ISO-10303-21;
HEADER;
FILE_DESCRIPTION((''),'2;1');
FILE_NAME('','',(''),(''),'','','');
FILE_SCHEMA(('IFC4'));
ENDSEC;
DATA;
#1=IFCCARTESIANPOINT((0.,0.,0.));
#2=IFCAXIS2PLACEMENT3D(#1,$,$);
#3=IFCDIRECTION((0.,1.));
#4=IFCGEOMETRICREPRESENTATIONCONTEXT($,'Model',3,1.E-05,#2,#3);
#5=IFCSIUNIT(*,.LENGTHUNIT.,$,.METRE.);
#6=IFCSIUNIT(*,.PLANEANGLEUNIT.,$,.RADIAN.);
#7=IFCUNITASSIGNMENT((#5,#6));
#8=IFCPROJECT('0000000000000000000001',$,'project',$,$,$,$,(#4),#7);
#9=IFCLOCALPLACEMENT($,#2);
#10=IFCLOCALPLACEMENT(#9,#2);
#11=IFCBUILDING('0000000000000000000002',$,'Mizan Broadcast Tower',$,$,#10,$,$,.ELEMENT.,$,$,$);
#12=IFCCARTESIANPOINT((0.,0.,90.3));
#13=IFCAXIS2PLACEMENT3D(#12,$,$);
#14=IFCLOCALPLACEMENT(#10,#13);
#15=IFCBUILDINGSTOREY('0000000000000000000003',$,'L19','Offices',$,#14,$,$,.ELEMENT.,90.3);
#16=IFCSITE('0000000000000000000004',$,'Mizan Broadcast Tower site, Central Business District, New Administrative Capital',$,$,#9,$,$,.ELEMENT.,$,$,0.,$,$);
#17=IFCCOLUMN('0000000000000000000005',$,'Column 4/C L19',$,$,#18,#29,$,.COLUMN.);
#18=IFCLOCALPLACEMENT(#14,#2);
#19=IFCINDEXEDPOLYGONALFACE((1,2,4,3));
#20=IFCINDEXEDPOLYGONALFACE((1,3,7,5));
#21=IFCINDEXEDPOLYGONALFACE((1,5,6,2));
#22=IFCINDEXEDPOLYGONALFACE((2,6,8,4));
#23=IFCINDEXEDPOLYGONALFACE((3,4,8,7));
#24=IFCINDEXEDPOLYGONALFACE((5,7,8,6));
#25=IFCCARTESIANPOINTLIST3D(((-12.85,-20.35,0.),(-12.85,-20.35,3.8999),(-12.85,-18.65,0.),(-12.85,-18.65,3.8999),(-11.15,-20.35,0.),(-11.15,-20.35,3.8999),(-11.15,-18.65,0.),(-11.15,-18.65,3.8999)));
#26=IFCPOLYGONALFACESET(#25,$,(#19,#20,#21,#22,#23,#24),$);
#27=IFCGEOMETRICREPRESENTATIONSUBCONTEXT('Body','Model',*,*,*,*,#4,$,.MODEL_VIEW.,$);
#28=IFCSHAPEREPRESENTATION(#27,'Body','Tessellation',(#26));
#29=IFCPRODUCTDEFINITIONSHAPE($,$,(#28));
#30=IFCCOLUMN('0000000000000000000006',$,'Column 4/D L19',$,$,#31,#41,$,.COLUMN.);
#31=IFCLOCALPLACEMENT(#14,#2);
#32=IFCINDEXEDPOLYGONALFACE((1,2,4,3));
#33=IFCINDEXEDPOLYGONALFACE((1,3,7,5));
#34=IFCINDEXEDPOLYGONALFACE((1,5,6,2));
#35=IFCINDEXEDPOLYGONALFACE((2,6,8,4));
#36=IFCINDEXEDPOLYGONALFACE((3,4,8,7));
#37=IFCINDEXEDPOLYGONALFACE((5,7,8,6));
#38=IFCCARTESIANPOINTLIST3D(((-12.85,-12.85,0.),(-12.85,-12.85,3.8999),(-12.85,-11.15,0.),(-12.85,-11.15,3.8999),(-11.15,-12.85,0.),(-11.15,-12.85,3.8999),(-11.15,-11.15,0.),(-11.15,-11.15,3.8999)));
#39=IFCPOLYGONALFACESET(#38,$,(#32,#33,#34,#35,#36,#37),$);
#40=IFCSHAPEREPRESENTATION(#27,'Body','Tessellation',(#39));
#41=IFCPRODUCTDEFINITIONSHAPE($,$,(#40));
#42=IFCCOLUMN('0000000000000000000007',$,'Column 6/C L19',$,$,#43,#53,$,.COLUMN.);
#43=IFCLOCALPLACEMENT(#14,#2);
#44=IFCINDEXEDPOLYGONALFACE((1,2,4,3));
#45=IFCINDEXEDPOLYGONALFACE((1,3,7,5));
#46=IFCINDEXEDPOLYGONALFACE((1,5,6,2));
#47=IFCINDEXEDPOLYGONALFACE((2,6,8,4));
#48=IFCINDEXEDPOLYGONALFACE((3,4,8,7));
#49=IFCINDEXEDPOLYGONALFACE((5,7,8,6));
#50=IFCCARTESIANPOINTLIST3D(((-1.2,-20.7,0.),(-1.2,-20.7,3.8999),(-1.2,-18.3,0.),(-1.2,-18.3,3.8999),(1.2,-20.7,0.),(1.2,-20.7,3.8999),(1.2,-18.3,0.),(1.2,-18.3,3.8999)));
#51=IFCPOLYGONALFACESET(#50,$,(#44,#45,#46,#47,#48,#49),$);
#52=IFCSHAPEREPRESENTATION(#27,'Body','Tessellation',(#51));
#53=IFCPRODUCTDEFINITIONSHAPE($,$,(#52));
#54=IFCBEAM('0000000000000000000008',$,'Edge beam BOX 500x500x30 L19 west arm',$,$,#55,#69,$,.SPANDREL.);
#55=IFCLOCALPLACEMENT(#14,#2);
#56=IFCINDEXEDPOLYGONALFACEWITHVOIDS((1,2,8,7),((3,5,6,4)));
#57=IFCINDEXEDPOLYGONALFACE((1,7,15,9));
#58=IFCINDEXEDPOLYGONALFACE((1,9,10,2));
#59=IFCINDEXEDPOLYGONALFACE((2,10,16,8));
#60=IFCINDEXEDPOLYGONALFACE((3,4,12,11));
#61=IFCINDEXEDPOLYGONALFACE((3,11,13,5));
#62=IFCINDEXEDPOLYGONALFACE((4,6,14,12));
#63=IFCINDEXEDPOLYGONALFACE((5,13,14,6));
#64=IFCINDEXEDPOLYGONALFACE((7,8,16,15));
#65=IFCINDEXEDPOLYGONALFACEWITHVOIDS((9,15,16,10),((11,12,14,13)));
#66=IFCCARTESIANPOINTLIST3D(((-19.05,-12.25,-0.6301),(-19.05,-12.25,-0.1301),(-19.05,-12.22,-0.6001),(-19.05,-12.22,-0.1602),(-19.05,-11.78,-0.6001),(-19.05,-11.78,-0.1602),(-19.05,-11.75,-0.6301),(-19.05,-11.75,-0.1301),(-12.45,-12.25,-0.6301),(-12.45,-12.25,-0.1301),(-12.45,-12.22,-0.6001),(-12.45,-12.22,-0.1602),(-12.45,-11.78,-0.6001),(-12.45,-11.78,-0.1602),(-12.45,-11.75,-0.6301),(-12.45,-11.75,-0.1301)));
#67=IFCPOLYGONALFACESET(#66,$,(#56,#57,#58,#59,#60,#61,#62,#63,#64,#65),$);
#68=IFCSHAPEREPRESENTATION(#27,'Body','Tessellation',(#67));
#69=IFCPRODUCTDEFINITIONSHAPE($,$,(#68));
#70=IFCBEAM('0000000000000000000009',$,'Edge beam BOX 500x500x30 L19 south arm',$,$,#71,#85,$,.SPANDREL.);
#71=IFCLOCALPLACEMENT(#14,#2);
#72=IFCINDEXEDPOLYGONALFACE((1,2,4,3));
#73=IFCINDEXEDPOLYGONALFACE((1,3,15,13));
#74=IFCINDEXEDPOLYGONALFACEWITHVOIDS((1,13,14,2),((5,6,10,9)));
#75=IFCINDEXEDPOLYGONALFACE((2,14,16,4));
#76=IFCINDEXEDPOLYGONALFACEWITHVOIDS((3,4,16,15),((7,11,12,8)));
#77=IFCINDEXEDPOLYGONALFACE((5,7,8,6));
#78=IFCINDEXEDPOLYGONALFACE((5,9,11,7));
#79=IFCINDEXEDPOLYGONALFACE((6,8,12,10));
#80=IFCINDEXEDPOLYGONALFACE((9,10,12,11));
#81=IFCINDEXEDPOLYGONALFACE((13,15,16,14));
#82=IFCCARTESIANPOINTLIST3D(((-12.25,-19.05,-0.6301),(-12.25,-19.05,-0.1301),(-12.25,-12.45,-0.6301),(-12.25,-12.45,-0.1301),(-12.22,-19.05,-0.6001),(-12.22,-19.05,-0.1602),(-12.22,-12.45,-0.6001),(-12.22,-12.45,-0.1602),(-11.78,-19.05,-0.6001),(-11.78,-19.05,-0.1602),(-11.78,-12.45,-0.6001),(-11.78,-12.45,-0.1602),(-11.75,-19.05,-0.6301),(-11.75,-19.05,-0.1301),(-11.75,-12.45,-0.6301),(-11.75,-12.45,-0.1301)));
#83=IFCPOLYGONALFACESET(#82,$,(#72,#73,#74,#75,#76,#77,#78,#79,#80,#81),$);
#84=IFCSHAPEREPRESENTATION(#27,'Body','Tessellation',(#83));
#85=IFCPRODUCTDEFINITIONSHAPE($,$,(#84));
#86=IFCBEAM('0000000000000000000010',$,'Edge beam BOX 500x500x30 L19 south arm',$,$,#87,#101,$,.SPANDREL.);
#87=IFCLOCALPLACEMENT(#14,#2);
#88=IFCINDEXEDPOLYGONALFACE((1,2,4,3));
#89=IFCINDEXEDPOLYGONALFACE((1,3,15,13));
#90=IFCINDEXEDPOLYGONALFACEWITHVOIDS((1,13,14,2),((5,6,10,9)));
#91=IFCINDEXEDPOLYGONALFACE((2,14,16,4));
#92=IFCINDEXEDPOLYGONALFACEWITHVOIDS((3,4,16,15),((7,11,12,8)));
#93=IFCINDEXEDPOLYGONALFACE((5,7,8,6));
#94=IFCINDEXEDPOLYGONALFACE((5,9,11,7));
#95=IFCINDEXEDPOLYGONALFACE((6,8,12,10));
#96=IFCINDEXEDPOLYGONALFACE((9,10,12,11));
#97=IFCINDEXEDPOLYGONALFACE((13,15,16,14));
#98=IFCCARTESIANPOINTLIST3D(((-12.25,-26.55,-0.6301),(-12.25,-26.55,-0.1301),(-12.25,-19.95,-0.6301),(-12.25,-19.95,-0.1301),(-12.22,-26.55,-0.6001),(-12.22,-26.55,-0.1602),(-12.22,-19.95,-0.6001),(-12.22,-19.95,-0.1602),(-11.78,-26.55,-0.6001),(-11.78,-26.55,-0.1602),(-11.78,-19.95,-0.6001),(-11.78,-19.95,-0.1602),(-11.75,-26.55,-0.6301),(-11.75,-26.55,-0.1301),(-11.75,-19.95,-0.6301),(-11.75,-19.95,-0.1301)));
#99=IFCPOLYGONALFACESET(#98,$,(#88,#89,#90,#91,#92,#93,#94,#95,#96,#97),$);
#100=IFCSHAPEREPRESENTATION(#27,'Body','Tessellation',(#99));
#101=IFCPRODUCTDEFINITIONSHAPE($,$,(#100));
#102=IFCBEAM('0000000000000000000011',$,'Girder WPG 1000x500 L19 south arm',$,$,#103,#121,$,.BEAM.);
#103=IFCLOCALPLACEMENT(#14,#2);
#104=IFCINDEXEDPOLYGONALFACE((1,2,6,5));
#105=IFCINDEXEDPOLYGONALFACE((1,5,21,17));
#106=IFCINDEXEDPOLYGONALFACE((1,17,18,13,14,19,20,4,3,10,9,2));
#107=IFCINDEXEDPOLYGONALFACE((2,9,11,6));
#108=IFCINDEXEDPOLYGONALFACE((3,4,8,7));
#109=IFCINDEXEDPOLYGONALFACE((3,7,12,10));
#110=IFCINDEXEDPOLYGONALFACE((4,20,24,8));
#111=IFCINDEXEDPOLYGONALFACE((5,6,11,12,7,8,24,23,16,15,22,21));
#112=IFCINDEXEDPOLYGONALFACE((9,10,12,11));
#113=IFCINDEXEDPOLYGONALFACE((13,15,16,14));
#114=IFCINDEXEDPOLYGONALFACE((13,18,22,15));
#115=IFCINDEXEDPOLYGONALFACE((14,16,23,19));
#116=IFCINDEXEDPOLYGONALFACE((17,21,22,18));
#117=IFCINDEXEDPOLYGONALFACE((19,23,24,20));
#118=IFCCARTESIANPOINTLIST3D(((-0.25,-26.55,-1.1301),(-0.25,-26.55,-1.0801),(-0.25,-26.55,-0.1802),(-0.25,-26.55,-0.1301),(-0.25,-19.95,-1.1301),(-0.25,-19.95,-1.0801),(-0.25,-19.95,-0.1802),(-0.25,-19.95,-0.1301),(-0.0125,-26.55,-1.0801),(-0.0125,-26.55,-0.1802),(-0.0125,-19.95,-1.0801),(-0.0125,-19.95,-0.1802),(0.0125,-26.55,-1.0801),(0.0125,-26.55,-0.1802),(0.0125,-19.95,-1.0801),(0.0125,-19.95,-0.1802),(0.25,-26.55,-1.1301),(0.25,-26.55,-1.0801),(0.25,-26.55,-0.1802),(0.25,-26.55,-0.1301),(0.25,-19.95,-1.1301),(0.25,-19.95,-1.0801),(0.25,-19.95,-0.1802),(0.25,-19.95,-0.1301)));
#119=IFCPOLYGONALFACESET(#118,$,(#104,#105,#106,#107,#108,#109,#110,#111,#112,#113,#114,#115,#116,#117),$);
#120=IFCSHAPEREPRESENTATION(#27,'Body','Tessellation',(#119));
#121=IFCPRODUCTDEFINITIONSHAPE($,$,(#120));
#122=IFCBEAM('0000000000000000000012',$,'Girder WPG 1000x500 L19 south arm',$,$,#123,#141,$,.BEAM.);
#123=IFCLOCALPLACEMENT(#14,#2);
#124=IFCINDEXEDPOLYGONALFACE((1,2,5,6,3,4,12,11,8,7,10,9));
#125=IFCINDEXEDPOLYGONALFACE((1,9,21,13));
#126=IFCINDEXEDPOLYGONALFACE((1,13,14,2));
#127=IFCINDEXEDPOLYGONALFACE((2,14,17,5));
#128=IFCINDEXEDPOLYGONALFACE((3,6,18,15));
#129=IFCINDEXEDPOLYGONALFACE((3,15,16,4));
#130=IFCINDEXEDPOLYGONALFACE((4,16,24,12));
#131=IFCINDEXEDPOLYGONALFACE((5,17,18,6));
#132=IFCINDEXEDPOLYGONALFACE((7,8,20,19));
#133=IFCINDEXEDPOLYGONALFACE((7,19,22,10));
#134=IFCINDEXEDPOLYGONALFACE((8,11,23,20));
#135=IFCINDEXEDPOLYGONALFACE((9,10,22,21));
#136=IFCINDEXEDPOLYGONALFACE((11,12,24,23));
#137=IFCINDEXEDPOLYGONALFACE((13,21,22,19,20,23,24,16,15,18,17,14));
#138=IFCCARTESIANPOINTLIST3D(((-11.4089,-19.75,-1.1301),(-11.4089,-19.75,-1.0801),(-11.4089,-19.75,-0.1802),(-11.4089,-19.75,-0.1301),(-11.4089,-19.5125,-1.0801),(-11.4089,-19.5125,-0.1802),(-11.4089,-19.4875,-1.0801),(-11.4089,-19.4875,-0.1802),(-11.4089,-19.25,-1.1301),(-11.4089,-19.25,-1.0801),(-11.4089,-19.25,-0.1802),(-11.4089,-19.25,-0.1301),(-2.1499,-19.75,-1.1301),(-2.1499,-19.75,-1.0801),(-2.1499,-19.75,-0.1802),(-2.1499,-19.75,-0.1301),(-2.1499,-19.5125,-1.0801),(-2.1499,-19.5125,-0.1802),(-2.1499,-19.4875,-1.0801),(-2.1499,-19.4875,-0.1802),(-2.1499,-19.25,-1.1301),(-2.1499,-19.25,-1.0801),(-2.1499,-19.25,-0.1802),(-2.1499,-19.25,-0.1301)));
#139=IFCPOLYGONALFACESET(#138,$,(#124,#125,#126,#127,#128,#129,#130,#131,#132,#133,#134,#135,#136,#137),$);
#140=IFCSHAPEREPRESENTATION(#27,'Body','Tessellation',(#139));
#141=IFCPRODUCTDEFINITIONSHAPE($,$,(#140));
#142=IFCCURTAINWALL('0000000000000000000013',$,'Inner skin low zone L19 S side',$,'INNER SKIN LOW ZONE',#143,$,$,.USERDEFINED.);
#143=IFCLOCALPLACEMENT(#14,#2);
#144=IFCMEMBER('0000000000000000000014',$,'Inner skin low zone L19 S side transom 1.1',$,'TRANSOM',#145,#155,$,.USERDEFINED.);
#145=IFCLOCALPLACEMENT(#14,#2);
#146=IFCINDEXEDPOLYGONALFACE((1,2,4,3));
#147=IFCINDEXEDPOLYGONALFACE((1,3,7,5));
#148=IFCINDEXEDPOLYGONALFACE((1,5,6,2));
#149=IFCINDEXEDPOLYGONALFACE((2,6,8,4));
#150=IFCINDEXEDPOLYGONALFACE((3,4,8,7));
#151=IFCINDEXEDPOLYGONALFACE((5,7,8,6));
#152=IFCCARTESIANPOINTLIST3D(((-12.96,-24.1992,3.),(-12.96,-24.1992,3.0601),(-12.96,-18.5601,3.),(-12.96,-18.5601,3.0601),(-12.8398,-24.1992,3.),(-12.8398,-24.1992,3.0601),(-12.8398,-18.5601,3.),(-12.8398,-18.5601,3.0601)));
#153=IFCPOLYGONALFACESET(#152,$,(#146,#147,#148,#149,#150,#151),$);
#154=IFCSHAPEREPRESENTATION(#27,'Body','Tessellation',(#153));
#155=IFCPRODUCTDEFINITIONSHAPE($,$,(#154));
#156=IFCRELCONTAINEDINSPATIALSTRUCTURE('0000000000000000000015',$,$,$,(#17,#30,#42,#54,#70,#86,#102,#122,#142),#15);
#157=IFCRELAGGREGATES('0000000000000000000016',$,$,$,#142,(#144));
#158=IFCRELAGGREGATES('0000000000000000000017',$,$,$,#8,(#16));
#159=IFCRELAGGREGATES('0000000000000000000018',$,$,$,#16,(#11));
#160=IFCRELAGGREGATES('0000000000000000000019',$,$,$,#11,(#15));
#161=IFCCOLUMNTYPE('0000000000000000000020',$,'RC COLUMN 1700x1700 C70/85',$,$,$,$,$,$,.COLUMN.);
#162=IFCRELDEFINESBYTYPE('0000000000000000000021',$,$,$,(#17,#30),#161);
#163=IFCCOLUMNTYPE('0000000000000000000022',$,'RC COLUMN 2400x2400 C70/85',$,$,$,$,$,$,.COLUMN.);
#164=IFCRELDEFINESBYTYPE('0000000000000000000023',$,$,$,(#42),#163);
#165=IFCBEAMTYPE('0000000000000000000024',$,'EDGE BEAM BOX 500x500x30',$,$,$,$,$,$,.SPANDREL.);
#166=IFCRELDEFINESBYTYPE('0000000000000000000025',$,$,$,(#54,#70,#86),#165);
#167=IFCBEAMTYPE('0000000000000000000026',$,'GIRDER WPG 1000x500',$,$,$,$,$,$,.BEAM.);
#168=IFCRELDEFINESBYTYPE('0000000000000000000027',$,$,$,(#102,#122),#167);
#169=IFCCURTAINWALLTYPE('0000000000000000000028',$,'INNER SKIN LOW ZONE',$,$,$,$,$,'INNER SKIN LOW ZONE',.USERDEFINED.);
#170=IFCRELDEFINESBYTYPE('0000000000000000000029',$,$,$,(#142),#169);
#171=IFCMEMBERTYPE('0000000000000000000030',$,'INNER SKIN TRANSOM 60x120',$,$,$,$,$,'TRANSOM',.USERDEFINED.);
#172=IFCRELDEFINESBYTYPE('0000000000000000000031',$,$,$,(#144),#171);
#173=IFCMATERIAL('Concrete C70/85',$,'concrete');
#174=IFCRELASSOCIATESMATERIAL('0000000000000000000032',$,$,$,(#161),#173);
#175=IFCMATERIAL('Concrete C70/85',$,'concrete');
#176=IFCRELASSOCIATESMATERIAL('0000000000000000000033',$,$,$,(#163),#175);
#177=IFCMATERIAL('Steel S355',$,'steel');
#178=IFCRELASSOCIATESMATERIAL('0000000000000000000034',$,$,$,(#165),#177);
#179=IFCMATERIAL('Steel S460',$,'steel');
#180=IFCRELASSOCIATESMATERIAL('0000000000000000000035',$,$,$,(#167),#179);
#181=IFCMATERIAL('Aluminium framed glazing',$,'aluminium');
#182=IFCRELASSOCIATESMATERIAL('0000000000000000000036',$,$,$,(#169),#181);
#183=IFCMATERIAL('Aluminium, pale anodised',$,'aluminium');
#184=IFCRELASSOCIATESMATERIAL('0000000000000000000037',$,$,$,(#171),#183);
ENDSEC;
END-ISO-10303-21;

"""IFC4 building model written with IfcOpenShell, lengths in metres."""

from ifc_helpers import new_model, si_unit, direction, frame, origin, origin_2d, place, context, subcontext, project, spatial, rectangle, hollow_rectangle, i_section, extrude, material, material_profile, profile_set, type_object, element, aggregate, save


model = new_model("IFC4")

# Units and contexts
model_context = context("Model", 3, precision=1e-05, world=origin(), true_north=direction((0.0, 1.0)))
body_context = subcontext(model_context, "Body", "Model", "MODEL_VIEW")
ifc_project = project(units=[si_unit("LENGTHUNIT", "METRE"), si_unit("PLANEANGLEUNIT", "RADIAN")], contexts=[model_context])

# Site, building, storey
site_placement = place(None, origin())
site = spatial("IfcSite", under=ifc_project, at=site_placement, Name="Mizan Broadcast Tower site, Central Business District, New Administrative Capital", CompositionType="ELEMENT", RefElevation=0.0)
building_placement = place(site_placement, origin())
building = spatial("IfcBuilding", under=site, at=building_placement, Name="Mizan Broadcast Tower", CompositionType="ELEMENT")
storey_placement = place(building_placement, frame((0.0, 0.0, 90.3)))
storey = spatial("IfcBuildingStorey", under=building, at=storey_placement, Name="L19", Description="Offices", CompositionType="ELEMENT", Elevation=90.3)

# Columns
ifc_material_1 = material(Name="Concrete C70/85", Category="concrete")
ifc_material_profile_1 = material_profile(ifc_material_1, rectangle(XDim=1.7, YDim=1.7, at=origin_2d()), Name="RC 1700x1700")
ifc_profile_set_1 = profile_set([ifc_material_profile_1], Name="Concrete C70/85")
column_type_1 = type_object("IfcColumnType", Name="RC COLUMN 1700x1700 C70/85", PredefinedType="COLUMN", material=ifc_profile_set_1)
for number, where, z_axis, x_axis, name in (
    (1, (-12.0, -19.5, 0.0), (0.0, 0.0, 1.0), (1.0, 0.0, 0.0), "Column 4/C L19"),
    (2, (-12.0, -12.0, 0.0), (0.0, 0.0, 1.0), (1.0, 0.0, 0.0), "Column 4/D L19"),
):
    element("IfcColumn", number, at=place(storey_placement, frame(where, z_axis=z_axis, x_axis=x_axis)), inside=storey, type_object=column_type_1, Name=name, PredefinedType="COLUMN", context=body_context, shape_type="SweptSolid", body=[
        extrude(rectangle(XDim=1.7, YDim=1.7, at=origin_2d()), origin(), (0.0, 0.0, 1.0), 3.8999),
    ])
ifc_material_2 = material(Name="Concrete C70/85", Category="concrete")
ifc_material_profile_2 = material_profile(ifc_material_2, rectangle(XDim=2.3999, YDim=2.3999, at=origin_2d()), Name="RC 2400x2400")
ifc_profile_set_2 = profile_set([ifc_material_profile_2], Name="Concrete C70/85")
column_type_2 = type_object("IfcColumnType", Name="RC COLUMN 2400x2400 C70/85", PredefinedType="COLUMN", material=ifc_profile_set_2)
column_placement = place(storey_placement, frame((0.0, -19.5, 0.0), z_axis=(0.0, 0.0, 1.0), x_axis=(1.0, 0.0, 0.0)))
element("IfcColumn", 3, at=column_placement, inside=storey, type_object=column_type_2, Name="Column 6/C L19", PredefinedType="COLUMN", context=body_context, shape_type="SweptSolid", body=[
    extrude(rectangle(XDim=2.3999, YDim=2.3999, at=origin_2d()), origin(), (0.0, 0.0, 1.0), 3.8999),
])

# Beams
ifc_material_3 = material(Name="Steel S355", Category="steel")
ifc_material_profile_3 = material_profile(ifc_material_3, hollow_rectangle(XDim=0.5, YDim=0.5, WallThickness=0.03, at=origin_2d()), Name="BOX 500x500x30")
ifc_profile_set_3 = profile_set([ifc_material_profile_3], Name="Steel S355")
beam_type_1 = type_object("IfcBeamType", Name="EDGE BEAM BOX 500x500x30", PredefinedType="SPANDREL", material=ifc_profile_set_3)
for number, where, z_axis, x_axis, name in (
    (4, (-12.45, -12.0, -0.3801), (-1.0, 0.0, 0.0), (0.0, -1.0, 0.0), "Edge beam BOX 500x500x30 L19 west arm"),
    (5, (-12.0, -12.45, -0.3801), (0.0, -1.0, 0.0), (1.0, 0.0, 0.0), "Edge beam BOX 500x500x30 L19 south arm"),
    (6, (-12.0, -19.95, -0.3801), (0.0, -1.0, 0.0), (1.0, 0.0, 0.0), "Edge beam BOX 500x500x30 L19 south arm"),
):
    element("IfcBeam", number, at=place(storey_placement, frame(where, z_axis=z_axis, x_axis=x_axis)), inside=storey, type_object=beam_type_1, Name=name, PredefinedType="SPANDREL", context=body_context, shape_type="SweptSolid", body=[
        extrude(hollow_rectangle(XDim=0.5, YDim=0.5, WallThickness=0.03, at=origin_2d()), origin(), (0.0, 0.0, 1.0), 6.6001),
    ])
ifc_material_4 = material(Name="Steel S460", Category="steel")
ifc_material_profile_4 = material_profile(ifc_material_4, i_section(OverallWidth=0.5, OverallDepth=1.0, WebThickness=0.0249, FlangeThickness=0.05, at=origin_2d()), Name="WPG 1000x500")
ifc_profile_set_4 = profile_set([ifc_material_profile_4], Name="Steel S460")
beam_type_2 = type_object("IfcBeamType", Name="GIRDER WPG 1000x500", PredefinedType="BEAM", material=ifc_profile_set_4)
beam_1_placement = place(storey_placement, frame((0.0, -19.95, -0.6301), z_axis=(0.0, -1.0, 0.0), x_axis=(1.0, 0.0, 0.0)))
element("IfcBeam", 7, at=beam_1_placement, inside=storey, type_object=beam_type_2, Name="Girder WPG 1000x500 L19 south arm", PredefinedType="BEAM", context=body_context, shape_type="SweptSolid", body=[
    extrude(i_section(OverallWidth=0.5, OverallDepth=1.0, WebThickness=0.0249, FlangeThickness=0.05, at=origin_2d()), origin(), (0.0, 0.0, 1.0), 6.6001),
])
beam_2_placement = place(storey_placement, frame((-11.4089, -19.5, -0.6301), z_axis=(1.0, 0.0, 0.0), x_axis=(0.0, 1.0, 0.0)))
element("IfcBeam", 8, at=beam_2_placement, inside=storey, type_object=beam_type_2, Name="Girder WPG 1000x500 L19 south arm", PredefinedType="BEAM", context=body_context, shape_type="SweptSolid", body=[
    extrude(i_section(OverallWidth=0.5, OverallDepth=1.0, WebThickness=0.0249, FlangeThickness=0.05, at=origin_2d()), origin(), (0.0, 0.0, 1.0), 9.259),
])

# Curtain wall, member
ifc_material_5 = material(Name="Aluminium framed glazing", Category="aluminium")
curtain_wall_type = type_object("IfcCurtainWallType", Name="INNER SKIN LOW ZONE", ElementType="INNER SKIN LOW ZONE", PredefinedType="USERDEFINED", material=ifc_material_5)
curtain_wall_placement = place(storey_placement, origin())
curtain_wall = element("IfcCurtainWall", 9, at=curtain_wall_placement, inside=storey, type_object=curtain_wall_type, Name="Inner skin low zone L19 S side", ObjectType="INNER SKIN LOW ZONE", PredefinedType="USERDEFINED")
ifc_material_6 = material(Name="Aluminium, pale anodised", Category="aluminium")
ifc_material_profile_5 = material_profile(ifc_material_6, rectangle(XDim=0.1201, YDim=0.0601, at=origin_2d()), Name="TRANSOM 120x60")
ifc_profile_set_5 = profile_set([ifc_material_profile_5], Name="Aluminium, pale anodised")
member_type = type_object("IfcMemberType", Name="INNER SKIN TRANSOM 60x120", ElementType="TRANSOM", PredefinedType="USERDEFINED", material=ifc_profile_set_5)
member_placement = place(storey_placement, frame((-12.8999, -18.5601, 3.03), z_axis=(0.0, -1.0, 0.0), x_axis=(1.0, 0.0, 0.0)))
member = element("IfcMember", 10, at=member_placement, type_object=member_type, Name="Inner skin low zone L19 S side transom 1.1", ObjectType="TRANSOM", PredefinedType="USERDEFINED", context=body_context, shape_type="SweptSolid", body=[
    extrude(rectangle(XDim=0.1201, YDim=0.0601, at=origin_2d()), origin(), (0.0, 0.0, 1.0), 5.6392),
])

aggregate(curtain_wall, [member])

save(model, "model.ifc")
